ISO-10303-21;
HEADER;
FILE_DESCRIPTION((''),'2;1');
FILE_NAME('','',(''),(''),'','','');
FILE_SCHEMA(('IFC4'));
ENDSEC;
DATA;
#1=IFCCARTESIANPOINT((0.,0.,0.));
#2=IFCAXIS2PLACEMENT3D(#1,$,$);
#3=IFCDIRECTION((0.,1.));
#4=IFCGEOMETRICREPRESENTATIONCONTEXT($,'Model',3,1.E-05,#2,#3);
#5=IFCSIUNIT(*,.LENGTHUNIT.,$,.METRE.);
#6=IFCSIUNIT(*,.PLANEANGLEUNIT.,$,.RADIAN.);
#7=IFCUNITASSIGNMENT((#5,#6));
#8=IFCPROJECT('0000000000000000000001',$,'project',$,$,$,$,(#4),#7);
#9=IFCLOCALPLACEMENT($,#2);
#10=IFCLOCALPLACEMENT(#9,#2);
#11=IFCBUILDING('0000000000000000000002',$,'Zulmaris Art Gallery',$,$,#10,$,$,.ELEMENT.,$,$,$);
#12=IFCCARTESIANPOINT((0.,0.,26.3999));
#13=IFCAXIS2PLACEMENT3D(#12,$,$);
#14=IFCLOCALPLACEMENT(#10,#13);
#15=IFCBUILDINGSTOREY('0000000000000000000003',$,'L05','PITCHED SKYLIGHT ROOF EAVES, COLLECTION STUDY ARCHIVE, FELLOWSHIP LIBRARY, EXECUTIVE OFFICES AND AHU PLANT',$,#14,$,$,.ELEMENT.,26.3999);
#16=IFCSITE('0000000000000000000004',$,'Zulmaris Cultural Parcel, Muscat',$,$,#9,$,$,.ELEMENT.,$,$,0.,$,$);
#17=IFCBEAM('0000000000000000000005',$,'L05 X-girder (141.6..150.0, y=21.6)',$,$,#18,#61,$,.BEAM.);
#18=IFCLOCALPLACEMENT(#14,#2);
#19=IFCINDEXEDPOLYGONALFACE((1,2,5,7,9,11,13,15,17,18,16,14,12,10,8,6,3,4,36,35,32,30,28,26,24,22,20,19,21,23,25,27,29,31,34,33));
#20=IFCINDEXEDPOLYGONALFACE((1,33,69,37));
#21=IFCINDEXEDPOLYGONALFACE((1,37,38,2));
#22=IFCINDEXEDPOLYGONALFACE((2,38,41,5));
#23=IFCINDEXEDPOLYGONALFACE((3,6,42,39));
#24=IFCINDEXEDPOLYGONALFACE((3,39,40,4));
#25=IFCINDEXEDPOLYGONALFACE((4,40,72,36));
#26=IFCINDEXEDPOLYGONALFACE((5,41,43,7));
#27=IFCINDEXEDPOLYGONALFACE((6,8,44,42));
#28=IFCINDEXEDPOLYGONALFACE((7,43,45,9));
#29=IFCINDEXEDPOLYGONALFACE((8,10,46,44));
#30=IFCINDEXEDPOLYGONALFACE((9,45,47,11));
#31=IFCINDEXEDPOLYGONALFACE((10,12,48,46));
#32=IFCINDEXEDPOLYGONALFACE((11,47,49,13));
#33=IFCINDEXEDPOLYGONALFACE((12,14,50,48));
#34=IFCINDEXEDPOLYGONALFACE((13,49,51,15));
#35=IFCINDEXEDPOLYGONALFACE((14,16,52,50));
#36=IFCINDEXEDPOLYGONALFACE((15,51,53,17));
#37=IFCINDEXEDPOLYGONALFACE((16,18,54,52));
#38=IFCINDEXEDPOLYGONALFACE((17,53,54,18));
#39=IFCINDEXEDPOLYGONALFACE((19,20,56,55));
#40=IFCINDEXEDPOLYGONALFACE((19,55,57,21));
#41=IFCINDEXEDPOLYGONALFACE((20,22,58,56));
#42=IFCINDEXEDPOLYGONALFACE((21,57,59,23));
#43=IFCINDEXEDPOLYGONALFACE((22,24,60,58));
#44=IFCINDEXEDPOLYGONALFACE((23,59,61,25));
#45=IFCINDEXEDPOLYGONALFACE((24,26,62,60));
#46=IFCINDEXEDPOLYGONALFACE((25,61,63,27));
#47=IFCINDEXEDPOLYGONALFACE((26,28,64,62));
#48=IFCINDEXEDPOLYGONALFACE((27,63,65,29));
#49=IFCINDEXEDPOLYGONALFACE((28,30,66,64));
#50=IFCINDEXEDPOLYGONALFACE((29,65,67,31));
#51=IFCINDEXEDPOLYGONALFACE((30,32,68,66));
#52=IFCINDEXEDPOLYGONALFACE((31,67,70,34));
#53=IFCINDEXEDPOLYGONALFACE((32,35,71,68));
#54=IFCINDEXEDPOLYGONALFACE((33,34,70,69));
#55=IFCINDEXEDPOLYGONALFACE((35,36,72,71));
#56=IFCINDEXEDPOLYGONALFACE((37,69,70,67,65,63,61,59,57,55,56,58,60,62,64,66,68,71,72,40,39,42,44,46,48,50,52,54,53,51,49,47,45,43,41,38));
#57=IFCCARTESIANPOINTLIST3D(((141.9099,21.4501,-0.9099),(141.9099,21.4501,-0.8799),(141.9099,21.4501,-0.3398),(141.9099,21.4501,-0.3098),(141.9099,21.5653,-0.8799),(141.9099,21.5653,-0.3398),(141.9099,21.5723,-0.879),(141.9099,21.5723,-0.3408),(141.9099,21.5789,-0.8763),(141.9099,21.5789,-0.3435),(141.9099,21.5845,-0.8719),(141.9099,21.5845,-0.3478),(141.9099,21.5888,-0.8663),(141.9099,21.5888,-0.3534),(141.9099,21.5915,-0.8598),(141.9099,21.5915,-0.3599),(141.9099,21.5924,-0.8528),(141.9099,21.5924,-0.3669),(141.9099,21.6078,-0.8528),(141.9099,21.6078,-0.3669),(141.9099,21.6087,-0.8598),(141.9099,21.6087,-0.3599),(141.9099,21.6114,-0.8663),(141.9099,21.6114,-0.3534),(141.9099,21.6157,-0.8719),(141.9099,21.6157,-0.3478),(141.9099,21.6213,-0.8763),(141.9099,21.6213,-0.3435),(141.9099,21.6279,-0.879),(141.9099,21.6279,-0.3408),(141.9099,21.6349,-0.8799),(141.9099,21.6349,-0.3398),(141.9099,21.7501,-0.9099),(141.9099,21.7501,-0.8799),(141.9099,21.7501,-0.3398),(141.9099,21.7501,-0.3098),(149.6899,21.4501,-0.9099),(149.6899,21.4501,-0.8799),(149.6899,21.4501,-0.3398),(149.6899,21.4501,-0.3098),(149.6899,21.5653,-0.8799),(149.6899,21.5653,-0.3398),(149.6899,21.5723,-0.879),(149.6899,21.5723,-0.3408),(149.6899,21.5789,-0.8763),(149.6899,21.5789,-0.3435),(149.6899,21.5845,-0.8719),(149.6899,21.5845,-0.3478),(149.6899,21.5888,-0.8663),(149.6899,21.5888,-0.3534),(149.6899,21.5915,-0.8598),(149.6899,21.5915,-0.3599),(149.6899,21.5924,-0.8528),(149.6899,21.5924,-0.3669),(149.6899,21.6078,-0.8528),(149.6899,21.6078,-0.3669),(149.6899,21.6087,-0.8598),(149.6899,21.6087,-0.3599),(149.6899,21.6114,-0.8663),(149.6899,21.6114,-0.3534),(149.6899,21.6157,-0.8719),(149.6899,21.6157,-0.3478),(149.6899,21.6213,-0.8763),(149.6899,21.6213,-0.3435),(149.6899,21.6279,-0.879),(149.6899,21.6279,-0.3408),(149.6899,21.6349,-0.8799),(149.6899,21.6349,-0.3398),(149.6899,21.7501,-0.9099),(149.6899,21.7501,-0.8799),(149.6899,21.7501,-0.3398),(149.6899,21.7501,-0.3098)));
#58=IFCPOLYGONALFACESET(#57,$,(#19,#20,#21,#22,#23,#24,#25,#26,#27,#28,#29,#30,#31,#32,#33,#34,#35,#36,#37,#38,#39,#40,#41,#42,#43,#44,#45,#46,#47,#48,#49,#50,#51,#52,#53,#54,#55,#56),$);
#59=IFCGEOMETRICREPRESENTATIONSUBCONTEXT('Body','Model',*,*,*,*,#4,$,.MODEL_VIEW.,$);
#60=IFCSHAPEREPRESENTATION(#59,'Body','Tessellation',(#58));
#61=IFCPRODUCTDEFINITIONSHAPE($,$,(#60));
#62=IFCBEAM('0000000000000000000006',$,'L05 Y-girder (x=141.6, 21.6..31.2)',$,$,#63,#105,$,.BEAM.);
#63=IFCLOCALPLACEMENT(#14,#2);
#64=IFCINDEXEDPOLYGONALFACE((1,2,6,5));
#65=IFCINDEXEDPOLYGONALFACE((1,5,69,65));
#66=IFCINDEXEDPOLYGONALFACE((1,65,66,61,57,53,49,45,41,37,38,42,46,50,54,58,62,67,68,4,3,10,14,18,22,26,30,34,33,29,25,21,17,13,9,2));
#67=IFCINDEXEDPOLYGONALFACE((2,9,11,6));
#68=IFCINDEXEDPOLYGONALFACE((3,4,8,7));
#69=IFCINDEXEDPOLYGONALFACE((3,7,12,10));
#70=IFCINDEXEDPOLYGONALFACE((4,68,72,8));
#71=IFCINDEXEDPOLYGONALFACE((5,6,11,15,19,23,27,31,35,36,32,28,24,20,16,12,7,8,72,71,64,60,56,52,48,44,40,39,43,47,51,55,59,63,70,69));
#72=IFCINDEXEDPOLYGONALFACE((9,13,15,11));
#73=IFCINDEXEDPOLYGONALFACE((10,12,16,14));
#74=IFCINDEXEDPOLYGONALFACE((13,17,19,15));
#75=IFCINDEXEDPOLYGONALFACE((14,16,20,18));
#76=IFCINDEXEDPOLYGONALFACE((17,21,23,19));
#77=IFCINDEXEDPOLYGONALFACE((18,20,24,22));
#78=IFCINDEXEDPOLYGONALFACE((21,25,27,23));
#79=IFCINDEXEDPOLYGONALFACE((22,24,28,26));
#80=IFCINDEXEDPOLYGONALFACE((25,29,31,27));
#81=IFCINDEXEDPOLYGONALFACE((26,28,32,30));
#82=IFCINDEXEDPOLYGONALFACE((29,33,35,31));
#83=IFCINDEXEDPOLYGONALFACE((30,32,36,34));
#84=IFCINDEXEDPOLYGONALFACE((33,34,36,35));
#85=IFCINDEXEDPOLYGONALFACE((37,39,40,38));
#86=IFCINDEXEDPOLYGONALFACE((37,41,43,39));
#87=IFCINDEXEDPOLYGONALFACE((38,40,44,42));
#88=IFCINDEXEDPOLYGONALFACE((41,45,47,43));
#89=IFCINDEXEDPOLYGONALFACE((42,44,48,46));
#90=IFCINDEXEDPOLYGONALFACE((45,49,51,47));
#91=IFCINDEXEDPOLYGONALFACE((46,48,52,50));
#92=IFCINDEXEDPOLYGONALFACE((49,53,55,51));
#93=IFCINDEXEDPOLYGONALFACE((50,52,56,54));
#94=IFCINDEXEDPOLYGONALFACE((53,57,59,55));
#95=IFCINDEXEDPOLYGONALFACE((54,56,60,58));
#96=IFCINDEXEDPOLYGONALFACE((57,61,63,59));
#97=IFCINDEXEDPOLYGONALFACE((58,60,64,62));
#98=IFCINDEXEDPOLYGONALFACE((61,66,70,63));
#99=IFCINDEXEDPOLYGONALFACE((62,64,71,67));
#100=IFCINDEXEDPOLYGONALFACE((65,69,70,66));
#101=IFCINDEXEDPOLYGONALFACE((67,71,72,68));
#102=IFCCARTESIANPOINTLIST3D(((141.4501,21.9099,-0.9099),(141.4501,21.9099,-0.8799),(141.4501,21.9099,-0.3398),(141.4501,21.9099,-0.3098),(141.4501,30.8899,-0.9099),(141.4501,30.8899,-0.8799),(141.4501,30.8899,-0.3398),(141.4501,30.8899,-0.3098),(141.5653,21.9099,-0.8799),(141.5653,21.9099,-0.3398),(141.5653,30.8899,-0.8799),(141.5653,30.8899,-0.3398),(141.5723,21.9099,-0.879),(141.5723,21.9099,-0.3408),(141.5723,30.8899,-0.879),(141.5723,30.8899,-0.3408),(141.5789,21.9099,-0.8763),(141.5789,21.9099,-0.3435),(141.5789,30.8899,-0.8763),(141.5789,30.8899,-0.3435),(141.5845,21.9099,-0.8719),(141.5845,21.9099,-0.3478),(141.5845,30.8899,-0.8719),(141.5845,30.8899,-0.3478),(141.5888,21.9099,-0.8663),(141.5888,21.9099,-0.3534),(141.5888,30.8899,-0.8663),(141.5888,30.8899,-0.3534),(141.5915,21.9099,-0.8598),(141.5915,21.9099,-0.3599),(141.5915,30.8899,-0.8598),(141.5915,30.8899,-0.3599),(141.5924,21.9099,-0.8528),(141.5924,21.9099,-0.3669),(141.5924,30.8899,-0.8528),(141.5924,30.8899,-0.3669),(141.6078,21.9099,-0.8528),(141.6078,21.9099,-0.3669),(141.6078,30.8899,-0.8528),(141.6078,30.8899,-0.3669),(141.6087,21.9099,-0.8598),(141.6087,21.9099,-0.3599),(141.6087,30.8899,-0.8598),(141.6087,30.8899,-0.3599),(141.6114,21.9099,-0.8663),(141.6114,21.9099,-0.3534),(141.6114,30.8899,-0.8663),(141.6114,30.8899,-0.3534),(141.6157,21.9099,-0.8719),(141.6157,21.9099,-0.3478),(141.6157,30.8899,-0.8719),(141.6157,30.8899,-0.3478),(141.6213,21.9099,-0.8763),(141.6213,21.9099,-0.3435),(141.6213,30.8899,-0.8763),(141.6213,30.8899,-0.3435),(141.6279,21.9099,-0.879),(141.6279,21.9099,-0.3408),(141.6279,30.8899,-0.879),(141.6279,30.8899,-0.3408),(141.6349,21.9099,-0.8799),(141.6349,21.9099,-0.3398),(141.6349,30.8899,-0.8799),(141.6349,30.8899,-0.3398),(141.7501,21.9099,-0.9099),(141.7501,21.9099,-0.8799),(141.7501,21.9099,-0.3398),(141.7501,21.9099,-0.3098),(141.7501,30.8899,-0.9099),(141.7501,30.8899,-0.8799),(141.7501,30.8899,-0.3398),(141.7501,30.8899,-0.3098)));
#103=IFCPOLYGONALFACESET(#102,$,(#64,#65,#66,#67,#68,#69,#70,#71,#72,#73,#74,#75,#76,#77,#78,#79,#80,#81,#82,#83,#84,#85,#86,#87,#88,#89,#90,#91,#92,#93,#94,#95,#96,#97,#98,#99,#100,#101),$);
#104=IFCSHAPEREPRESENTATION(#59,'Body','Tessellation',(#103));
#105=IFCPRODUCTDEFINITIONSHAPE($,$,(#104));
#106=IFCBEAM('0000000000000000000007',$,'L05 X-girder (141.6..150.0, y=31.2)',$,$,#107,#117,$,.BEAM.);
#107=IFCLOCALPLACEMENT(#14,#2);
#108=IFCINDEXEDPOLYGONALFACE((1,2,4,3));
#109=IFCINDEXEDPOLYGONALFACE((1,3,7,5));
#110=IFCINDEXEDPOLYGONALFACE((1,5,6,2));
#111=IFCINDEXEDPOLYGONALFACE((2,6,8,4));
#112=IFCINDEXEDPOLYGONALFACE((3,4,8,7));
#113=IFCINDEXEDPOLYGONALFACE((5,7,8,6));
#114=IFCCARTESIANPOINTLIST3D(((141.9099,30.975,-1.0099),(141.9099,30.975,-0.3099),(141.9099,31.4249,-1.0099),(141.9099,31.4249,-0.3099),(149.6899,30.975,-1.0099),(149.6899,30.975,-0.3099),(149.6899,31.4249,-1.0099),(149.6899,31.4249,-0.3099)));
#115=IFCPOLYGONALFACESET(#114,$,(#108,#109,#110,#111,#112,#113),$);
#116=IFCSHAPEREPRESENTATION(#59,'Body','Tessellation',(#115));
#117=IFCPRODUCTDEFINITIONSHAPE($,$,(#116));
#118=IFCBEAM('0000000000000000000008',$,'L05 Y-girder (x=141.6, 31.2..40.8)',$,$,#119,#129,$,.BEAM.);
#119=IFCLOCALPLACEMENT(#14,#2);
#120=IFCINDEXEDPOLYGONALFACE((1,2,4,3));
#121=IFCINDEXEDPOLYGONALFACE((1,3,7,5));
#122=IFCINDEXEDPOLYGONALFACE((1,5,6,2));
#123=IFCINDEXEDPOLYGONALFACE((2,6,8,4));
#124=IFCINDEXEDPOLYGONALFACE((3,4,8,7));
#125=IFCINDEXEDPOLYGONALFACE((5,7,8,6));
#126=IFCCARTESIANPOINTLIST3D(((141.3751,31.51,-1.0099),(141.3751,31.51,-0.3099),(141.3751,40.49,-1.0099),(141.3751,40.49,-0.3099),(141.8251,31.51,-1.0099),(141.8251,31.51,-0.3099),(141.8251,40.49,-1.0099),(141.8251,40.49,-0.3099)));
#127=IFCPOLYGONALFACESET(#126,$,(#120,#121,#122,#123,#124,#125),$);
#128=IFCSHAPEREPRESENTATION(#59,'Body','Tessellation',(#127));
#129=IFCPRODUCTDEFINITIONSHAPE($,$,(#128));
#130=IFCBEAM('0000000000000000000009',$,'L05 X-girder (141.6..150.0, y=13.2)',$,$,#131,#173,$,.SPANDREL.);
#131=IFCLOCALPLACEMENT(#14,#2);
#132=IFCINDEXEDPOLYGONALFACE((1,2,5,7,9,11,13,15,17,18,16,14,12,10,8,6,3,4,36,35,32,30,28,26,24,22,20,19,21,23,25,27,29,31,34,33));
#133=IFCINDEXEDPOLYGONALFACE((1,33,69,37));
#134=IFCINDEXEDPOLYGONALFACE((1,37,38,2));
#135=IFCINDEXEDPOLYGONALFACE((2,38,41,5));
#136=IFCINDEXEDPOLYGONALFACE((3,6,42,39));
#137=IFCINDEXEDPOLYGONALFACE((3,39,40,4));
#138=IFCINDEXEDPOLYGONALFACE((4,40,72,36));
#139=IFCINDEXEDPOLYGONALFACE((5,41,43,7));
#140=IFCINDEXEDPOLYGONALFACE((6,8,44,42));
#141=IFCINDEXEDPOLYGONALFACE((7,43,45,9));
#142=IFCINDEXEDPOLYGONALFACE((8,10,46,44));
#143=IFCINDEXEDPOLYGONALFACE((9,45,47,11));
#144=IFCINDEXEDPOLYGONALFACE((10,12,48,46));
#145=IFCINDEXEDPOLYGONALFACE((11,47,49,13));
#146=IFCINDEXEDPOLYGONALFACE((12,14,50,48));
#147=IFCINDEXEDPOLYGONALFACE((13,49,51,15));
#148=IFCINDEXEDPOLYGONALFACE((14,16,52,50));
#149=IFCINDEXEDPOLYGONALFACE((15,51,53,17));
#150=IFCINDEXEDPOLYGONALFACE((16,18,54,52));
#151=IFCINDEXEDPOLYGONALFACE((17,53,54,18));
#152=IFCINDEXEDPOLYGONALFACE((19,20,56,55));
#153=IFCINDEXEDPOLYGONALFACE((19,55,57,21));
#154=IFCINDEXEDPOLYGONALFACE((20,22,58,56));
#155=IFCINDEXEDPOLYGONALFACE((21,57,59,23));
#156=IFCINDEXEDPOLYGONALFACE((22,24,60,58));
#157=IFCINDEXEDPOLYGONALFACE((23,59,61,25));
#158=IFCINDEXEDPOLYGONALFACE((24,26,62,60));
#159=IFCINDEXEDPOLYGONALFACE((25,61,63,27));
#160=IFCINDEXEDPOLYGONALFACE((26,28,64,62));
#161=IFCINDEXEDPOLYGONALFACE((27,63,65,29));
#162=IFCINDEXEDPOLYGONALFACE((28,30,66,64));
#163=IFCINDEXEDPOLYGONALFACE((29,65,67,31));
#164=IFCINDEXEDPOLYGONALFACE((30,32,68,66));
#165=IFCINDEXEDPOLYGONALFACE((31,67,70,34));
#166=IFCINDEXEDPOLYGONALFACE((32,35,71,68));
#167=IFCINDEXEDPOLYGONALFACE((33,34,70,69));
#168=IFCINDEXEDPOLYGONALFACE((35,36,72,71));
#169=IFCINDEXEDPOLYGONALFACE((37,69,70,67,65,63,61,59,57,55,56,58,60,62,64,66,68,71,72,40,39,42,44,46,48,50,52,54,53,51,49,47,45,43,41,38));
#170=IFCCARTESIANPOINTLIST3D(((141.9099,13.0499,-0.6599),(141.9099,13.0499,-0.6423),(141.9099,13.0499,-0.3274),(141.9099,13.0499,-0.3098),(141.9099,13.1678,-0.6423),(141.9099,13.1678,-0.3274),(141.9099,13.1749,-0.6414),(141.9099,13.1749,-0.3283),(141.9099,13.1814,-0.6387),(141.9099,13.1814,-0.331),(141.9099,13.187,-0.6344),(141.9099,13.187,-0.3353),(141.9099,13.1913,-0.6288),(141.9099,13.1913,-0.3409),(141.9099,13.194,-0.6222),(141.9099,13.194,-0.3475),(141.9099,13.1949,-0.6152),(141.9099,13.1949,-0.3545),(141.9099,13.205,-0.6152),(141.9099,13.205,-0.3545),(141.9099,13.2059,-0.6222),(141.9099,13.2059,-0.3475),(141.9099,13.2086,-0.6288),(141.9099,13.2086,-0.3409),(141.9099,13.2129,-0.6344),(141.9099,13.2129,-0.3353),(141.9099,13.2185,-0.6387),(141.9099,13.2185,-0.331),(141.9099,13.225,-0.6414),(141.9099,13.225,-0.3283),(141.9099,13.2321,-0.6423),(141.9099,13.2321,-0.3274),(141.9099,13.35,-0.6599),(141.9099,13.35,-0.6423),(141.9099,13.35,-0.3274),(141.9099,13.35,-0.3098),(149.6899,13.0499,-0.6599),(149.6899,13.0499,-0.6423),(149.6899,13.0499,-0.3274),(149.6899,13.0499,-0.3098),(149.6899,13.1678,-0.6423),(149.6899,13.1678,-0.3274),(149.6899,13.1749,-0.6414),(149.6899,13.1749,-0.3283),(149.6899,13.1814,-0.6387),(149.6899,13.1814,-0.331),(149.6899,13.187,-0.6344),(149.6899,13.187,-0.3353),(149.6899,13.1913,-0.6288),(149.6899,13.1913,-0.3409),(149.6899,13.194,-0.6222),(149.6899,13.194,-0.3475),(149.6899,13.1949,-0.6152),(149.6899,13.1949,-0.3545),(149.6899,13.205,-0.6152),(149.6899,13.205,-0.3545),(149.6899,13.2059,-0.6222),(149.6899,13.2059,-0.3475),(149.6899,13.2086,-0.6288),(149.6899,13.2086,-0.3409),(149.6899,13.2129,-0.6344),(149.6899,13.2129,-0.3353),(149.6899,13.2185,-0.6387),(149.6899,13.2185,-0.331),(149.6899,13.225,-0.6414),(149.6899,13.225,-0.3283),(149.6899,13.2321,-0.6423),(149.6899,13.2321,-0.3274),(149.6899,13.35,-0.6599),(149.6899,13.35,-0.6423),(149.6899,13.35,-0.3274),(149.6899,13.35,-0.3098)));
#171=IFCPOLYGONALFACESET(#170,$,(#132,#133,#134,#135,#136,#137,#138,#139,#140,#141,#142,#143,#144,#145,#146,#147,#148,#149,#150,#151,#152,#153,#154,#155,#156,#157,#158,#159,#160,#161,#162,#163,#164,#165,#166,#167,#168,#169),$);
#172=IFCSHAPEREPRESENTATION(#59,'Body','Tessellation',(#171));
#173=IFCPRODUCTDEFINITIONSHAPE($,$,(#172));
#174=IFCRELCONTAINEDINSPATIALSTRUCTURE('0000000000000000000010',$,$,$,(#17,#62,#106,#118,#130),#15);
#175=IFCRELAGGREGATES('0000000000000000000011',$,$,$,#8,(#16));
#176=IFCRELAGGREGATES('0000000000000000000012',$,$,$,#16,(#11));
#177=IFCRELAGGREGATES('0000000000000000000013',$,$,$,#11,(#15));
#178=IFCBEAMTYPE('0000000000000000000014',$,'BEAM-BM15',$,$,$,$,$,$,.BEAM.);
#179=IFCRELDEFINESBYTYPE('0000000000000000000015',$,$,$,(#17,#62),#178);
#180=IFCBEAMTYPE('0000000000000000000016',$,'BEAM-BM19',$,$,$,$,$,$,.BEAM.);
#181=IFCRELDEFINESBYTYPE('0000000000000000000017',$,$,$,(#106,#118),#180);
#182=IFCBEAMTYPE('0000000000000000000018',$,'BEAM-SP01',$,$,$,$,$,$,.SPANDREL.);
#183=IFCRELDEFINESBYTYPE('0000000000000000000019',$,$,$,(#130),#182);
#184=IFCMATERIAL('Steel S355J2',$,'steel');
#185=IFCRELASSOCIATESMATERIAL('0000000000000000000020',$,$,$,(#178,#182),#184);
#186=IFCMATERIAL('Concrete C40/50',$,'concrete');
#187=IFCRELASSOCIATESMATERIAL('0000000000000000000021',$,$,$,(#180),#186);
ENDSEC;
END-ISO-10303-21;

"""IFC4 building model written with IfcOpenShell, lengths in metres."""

from ifc_helpers import new_model, si_unit, direction, frame, origin, origin_2d, place, context, subcontext, project, spatial, rectangle, i_section, extrude, material, material_profile, profile_set, type_object, element, save


model = new_model("IFC4")

# Units and contexts
model_context = context("Model", 3, precision=1e-05, world=origin(), true_north=direction((0.0, 1.0)))
body_context = subcontext(model_context, "Body", "Model", "MODEL_VIEW")
ifc_project = project(units=[si_unit("LENGTHUNIT", "METRE"), si_unit("PLANEANGLEUNIT", "RADIAN")], contexts=[model_context])

# Site, building, storey
site_placement = place(None, origin())
site = spatial("IfcSite", under=ifc_project, at=site_placement, Name="Zulmaris Cultural Parcel, Muscat", CompositionType="ELEMENT", RefElevation=0.0)
building_placement = place(site_placement, origin())
building = spatial("IfcBuilding", under=site, at=building_placement, Name="Zulmaris Art Gallery", CompositionType="ELEMENT")
storey_placement = place(building_placement, frame((0.0, 0.0, 26.3999)))
storey = spatial("IfcBuildingStorey", under=building, at=storey_placement, Name="L05", Description="PITCHED SKYLIGHT ROOF EAVES, COLLECTION STUDY ARCHIVE, FELLOWSHIP LIBRARY, EXECUTIVE OFFICES AND AHU PLANT", CompositionType="ELEMENT", Elevation=26.3999)

# Shared definitions
ifc_material_1 = material(Name="Concrete C40/50", Category="concrete")

# Beams
ifc_material_2 = material(Name="Steel S355J2", Category="steel")
ifc_material_profile_1 = material_profile(ifc_material_2, i_section(OverallWidth=0.3, OverallDepth=0.6001, WebThickness=0.0154, FlangeThickness=0.03, FilletRadius=0.0271, at=origin_2d()), Name="HEB 600")
ifc_profile_set_1 = profile_set([ifc_material_profile_1], Name="Steel S355J2")
beam_type_1 = type_object("IfcBeamType", Name="BEAM-BM15", PredefinedType="BEAM", material=ifc_profile_set_1)
beam_1_placement = place(storey_placement, frame((141.9099, 21.6001, -0.6099), z_axis=(1.0, 0.0, 0.0), x_axis=(0.0, 1.0, 0.0)))
element("IfcBeam", 1, at=beam_1_placement, inside=storey, type_object=beam_type_1, Name="L05 X-girder (141.6..150.0, y=21.6)", PredefinedType="BEAM", context=body_context, shape_type="SweptSolid", body=[
    extrude(i_section(OverallWidth=0.3, OverallDepth=0.6001, WebThickness=0.0154, FlangeThickness=0.03, FilletRadius=0.0271, at=origin_2d()), origin(), (0.0, 0.0, 1.0), 7.78),
])
beam_2_placement = place(storey_placement, frame((141.6001, 21.9099, -0.6099), z_axis=(0.0, 1.0, 0.0), x_axis=(-1.0, 0.0, 0.0)))
element("IfcBeam", 2, at=beam_2_placement, inside=storey, type_object=beam_type_1, Name="L05 Y-girder (x=141.6, 21.6..31.2)", PredefinedType="BEAM", context=body_context, shape_type="SweptSolid", body=[
    extrude(i_section(OverallWidth=0.3, OverallDepth=0.6001, WebThickness=0.0154, FlangeThickness=0.03, FilletRadius=0.0271, at=origin_2d()), origin(), (0.0, 0.0, 1.0), 8.98),
])
ifc_material_profile_2 = material_profile(ifc_material_1, rectangle(XDim=0.45, YDim=0.7, at=origin_2d()), Name="RC 450x700")
ifc_profile_set_2 = profile_set([ifc_material_profile_2], Name="Concrete C40/50")
beam_type_2 = type_object("IfcBeamType", Name="BEAM-BM19", PredefinedType="BEAM", material=ifc_profile_set_2)
beam_3_placement = place(storey_placement, frame((141.9099, 31.2, -0.6599), z_axis=(1.0, 0.0, 0.0), x_axis=(0.0, 1.0, 0.0)))
element("IfcBeam", 3, at=beam_3_placement, inside=storey, type_object=beam_type_2, Name="L05 X-girder (141.6..150.0, y=31.2)", PredefinedType="BEAM", context=body_context, shape_type="SweptSolid", body=[
    extrude(rectangle(XDim=0.45, YDim=0.7, at=origin_2d()), origin(), (0.0, 0.0, 1.0), 7.78),
])
beam_4_placement = place(storey_placement, frame((141.6001, 31.51, -0.6599), z_axis=(0.0, 1.0, 0.0), x_axis=(-1.0, 0.0, 0.0)))
element("IfcBeam", 4, at=beam_4_placement, inside=storey, type_object=beam_type_2, Name="L05 Y-girder (x=141.6, 31.2..40.8)", PredefinedType="BEAM", context=body_context, shape_type="SweptSolid", body=[
    extrude(rectangle(XDim=0.45, YDim=0.7, at=origin_2d()), origin(), (0.0, 0.0, 1.0), 8.98),
])
ifc_material_profile_3 = material_profile(ifc_material_2, i_section(OverallWidth=0.3, OverallDepth=0.3501, WebThickness=0.01, FlangeThickness=0.0176, FilletRadius=0.0271, at=origin_2d()), Name="HEA 360")
ifc_profile_set_3 = profile_set([ifc_material_profile_3], Name="Steel S355J2")
beam_type_3 = type_object("IfcBeamType", Name="BEAM-SP01", PredefinedType="SPANDREL", material=ifc_profile_set_3)
beam_5_placement = place(storey_placement, frame((141.9099, 13.2, -0.4849), z_axis=(1.0, 0.0, 0.0), x_axis=(0.0, 1.0, 0.0)))
element("IfcBeam", 5, at=beam_5_placement, inside=storey, type_object=beam_type_3, Name="L05 X-girder (141.6..150.0, y=13.2)", PredefinedType="SPANDREL", context=body_context, shape_type="SweptSolid", body=[
    extrude(i_section(OverallWidth=0.3, OverallDepth=0.3501, WebThickness=0.01, FlangeThickness=0.0176, FilletRadius=0.0271, at=origin_2d()), origin(), (0.0, 0.0, 1.0), 7.78),
])

save(model, "model.ifc")
